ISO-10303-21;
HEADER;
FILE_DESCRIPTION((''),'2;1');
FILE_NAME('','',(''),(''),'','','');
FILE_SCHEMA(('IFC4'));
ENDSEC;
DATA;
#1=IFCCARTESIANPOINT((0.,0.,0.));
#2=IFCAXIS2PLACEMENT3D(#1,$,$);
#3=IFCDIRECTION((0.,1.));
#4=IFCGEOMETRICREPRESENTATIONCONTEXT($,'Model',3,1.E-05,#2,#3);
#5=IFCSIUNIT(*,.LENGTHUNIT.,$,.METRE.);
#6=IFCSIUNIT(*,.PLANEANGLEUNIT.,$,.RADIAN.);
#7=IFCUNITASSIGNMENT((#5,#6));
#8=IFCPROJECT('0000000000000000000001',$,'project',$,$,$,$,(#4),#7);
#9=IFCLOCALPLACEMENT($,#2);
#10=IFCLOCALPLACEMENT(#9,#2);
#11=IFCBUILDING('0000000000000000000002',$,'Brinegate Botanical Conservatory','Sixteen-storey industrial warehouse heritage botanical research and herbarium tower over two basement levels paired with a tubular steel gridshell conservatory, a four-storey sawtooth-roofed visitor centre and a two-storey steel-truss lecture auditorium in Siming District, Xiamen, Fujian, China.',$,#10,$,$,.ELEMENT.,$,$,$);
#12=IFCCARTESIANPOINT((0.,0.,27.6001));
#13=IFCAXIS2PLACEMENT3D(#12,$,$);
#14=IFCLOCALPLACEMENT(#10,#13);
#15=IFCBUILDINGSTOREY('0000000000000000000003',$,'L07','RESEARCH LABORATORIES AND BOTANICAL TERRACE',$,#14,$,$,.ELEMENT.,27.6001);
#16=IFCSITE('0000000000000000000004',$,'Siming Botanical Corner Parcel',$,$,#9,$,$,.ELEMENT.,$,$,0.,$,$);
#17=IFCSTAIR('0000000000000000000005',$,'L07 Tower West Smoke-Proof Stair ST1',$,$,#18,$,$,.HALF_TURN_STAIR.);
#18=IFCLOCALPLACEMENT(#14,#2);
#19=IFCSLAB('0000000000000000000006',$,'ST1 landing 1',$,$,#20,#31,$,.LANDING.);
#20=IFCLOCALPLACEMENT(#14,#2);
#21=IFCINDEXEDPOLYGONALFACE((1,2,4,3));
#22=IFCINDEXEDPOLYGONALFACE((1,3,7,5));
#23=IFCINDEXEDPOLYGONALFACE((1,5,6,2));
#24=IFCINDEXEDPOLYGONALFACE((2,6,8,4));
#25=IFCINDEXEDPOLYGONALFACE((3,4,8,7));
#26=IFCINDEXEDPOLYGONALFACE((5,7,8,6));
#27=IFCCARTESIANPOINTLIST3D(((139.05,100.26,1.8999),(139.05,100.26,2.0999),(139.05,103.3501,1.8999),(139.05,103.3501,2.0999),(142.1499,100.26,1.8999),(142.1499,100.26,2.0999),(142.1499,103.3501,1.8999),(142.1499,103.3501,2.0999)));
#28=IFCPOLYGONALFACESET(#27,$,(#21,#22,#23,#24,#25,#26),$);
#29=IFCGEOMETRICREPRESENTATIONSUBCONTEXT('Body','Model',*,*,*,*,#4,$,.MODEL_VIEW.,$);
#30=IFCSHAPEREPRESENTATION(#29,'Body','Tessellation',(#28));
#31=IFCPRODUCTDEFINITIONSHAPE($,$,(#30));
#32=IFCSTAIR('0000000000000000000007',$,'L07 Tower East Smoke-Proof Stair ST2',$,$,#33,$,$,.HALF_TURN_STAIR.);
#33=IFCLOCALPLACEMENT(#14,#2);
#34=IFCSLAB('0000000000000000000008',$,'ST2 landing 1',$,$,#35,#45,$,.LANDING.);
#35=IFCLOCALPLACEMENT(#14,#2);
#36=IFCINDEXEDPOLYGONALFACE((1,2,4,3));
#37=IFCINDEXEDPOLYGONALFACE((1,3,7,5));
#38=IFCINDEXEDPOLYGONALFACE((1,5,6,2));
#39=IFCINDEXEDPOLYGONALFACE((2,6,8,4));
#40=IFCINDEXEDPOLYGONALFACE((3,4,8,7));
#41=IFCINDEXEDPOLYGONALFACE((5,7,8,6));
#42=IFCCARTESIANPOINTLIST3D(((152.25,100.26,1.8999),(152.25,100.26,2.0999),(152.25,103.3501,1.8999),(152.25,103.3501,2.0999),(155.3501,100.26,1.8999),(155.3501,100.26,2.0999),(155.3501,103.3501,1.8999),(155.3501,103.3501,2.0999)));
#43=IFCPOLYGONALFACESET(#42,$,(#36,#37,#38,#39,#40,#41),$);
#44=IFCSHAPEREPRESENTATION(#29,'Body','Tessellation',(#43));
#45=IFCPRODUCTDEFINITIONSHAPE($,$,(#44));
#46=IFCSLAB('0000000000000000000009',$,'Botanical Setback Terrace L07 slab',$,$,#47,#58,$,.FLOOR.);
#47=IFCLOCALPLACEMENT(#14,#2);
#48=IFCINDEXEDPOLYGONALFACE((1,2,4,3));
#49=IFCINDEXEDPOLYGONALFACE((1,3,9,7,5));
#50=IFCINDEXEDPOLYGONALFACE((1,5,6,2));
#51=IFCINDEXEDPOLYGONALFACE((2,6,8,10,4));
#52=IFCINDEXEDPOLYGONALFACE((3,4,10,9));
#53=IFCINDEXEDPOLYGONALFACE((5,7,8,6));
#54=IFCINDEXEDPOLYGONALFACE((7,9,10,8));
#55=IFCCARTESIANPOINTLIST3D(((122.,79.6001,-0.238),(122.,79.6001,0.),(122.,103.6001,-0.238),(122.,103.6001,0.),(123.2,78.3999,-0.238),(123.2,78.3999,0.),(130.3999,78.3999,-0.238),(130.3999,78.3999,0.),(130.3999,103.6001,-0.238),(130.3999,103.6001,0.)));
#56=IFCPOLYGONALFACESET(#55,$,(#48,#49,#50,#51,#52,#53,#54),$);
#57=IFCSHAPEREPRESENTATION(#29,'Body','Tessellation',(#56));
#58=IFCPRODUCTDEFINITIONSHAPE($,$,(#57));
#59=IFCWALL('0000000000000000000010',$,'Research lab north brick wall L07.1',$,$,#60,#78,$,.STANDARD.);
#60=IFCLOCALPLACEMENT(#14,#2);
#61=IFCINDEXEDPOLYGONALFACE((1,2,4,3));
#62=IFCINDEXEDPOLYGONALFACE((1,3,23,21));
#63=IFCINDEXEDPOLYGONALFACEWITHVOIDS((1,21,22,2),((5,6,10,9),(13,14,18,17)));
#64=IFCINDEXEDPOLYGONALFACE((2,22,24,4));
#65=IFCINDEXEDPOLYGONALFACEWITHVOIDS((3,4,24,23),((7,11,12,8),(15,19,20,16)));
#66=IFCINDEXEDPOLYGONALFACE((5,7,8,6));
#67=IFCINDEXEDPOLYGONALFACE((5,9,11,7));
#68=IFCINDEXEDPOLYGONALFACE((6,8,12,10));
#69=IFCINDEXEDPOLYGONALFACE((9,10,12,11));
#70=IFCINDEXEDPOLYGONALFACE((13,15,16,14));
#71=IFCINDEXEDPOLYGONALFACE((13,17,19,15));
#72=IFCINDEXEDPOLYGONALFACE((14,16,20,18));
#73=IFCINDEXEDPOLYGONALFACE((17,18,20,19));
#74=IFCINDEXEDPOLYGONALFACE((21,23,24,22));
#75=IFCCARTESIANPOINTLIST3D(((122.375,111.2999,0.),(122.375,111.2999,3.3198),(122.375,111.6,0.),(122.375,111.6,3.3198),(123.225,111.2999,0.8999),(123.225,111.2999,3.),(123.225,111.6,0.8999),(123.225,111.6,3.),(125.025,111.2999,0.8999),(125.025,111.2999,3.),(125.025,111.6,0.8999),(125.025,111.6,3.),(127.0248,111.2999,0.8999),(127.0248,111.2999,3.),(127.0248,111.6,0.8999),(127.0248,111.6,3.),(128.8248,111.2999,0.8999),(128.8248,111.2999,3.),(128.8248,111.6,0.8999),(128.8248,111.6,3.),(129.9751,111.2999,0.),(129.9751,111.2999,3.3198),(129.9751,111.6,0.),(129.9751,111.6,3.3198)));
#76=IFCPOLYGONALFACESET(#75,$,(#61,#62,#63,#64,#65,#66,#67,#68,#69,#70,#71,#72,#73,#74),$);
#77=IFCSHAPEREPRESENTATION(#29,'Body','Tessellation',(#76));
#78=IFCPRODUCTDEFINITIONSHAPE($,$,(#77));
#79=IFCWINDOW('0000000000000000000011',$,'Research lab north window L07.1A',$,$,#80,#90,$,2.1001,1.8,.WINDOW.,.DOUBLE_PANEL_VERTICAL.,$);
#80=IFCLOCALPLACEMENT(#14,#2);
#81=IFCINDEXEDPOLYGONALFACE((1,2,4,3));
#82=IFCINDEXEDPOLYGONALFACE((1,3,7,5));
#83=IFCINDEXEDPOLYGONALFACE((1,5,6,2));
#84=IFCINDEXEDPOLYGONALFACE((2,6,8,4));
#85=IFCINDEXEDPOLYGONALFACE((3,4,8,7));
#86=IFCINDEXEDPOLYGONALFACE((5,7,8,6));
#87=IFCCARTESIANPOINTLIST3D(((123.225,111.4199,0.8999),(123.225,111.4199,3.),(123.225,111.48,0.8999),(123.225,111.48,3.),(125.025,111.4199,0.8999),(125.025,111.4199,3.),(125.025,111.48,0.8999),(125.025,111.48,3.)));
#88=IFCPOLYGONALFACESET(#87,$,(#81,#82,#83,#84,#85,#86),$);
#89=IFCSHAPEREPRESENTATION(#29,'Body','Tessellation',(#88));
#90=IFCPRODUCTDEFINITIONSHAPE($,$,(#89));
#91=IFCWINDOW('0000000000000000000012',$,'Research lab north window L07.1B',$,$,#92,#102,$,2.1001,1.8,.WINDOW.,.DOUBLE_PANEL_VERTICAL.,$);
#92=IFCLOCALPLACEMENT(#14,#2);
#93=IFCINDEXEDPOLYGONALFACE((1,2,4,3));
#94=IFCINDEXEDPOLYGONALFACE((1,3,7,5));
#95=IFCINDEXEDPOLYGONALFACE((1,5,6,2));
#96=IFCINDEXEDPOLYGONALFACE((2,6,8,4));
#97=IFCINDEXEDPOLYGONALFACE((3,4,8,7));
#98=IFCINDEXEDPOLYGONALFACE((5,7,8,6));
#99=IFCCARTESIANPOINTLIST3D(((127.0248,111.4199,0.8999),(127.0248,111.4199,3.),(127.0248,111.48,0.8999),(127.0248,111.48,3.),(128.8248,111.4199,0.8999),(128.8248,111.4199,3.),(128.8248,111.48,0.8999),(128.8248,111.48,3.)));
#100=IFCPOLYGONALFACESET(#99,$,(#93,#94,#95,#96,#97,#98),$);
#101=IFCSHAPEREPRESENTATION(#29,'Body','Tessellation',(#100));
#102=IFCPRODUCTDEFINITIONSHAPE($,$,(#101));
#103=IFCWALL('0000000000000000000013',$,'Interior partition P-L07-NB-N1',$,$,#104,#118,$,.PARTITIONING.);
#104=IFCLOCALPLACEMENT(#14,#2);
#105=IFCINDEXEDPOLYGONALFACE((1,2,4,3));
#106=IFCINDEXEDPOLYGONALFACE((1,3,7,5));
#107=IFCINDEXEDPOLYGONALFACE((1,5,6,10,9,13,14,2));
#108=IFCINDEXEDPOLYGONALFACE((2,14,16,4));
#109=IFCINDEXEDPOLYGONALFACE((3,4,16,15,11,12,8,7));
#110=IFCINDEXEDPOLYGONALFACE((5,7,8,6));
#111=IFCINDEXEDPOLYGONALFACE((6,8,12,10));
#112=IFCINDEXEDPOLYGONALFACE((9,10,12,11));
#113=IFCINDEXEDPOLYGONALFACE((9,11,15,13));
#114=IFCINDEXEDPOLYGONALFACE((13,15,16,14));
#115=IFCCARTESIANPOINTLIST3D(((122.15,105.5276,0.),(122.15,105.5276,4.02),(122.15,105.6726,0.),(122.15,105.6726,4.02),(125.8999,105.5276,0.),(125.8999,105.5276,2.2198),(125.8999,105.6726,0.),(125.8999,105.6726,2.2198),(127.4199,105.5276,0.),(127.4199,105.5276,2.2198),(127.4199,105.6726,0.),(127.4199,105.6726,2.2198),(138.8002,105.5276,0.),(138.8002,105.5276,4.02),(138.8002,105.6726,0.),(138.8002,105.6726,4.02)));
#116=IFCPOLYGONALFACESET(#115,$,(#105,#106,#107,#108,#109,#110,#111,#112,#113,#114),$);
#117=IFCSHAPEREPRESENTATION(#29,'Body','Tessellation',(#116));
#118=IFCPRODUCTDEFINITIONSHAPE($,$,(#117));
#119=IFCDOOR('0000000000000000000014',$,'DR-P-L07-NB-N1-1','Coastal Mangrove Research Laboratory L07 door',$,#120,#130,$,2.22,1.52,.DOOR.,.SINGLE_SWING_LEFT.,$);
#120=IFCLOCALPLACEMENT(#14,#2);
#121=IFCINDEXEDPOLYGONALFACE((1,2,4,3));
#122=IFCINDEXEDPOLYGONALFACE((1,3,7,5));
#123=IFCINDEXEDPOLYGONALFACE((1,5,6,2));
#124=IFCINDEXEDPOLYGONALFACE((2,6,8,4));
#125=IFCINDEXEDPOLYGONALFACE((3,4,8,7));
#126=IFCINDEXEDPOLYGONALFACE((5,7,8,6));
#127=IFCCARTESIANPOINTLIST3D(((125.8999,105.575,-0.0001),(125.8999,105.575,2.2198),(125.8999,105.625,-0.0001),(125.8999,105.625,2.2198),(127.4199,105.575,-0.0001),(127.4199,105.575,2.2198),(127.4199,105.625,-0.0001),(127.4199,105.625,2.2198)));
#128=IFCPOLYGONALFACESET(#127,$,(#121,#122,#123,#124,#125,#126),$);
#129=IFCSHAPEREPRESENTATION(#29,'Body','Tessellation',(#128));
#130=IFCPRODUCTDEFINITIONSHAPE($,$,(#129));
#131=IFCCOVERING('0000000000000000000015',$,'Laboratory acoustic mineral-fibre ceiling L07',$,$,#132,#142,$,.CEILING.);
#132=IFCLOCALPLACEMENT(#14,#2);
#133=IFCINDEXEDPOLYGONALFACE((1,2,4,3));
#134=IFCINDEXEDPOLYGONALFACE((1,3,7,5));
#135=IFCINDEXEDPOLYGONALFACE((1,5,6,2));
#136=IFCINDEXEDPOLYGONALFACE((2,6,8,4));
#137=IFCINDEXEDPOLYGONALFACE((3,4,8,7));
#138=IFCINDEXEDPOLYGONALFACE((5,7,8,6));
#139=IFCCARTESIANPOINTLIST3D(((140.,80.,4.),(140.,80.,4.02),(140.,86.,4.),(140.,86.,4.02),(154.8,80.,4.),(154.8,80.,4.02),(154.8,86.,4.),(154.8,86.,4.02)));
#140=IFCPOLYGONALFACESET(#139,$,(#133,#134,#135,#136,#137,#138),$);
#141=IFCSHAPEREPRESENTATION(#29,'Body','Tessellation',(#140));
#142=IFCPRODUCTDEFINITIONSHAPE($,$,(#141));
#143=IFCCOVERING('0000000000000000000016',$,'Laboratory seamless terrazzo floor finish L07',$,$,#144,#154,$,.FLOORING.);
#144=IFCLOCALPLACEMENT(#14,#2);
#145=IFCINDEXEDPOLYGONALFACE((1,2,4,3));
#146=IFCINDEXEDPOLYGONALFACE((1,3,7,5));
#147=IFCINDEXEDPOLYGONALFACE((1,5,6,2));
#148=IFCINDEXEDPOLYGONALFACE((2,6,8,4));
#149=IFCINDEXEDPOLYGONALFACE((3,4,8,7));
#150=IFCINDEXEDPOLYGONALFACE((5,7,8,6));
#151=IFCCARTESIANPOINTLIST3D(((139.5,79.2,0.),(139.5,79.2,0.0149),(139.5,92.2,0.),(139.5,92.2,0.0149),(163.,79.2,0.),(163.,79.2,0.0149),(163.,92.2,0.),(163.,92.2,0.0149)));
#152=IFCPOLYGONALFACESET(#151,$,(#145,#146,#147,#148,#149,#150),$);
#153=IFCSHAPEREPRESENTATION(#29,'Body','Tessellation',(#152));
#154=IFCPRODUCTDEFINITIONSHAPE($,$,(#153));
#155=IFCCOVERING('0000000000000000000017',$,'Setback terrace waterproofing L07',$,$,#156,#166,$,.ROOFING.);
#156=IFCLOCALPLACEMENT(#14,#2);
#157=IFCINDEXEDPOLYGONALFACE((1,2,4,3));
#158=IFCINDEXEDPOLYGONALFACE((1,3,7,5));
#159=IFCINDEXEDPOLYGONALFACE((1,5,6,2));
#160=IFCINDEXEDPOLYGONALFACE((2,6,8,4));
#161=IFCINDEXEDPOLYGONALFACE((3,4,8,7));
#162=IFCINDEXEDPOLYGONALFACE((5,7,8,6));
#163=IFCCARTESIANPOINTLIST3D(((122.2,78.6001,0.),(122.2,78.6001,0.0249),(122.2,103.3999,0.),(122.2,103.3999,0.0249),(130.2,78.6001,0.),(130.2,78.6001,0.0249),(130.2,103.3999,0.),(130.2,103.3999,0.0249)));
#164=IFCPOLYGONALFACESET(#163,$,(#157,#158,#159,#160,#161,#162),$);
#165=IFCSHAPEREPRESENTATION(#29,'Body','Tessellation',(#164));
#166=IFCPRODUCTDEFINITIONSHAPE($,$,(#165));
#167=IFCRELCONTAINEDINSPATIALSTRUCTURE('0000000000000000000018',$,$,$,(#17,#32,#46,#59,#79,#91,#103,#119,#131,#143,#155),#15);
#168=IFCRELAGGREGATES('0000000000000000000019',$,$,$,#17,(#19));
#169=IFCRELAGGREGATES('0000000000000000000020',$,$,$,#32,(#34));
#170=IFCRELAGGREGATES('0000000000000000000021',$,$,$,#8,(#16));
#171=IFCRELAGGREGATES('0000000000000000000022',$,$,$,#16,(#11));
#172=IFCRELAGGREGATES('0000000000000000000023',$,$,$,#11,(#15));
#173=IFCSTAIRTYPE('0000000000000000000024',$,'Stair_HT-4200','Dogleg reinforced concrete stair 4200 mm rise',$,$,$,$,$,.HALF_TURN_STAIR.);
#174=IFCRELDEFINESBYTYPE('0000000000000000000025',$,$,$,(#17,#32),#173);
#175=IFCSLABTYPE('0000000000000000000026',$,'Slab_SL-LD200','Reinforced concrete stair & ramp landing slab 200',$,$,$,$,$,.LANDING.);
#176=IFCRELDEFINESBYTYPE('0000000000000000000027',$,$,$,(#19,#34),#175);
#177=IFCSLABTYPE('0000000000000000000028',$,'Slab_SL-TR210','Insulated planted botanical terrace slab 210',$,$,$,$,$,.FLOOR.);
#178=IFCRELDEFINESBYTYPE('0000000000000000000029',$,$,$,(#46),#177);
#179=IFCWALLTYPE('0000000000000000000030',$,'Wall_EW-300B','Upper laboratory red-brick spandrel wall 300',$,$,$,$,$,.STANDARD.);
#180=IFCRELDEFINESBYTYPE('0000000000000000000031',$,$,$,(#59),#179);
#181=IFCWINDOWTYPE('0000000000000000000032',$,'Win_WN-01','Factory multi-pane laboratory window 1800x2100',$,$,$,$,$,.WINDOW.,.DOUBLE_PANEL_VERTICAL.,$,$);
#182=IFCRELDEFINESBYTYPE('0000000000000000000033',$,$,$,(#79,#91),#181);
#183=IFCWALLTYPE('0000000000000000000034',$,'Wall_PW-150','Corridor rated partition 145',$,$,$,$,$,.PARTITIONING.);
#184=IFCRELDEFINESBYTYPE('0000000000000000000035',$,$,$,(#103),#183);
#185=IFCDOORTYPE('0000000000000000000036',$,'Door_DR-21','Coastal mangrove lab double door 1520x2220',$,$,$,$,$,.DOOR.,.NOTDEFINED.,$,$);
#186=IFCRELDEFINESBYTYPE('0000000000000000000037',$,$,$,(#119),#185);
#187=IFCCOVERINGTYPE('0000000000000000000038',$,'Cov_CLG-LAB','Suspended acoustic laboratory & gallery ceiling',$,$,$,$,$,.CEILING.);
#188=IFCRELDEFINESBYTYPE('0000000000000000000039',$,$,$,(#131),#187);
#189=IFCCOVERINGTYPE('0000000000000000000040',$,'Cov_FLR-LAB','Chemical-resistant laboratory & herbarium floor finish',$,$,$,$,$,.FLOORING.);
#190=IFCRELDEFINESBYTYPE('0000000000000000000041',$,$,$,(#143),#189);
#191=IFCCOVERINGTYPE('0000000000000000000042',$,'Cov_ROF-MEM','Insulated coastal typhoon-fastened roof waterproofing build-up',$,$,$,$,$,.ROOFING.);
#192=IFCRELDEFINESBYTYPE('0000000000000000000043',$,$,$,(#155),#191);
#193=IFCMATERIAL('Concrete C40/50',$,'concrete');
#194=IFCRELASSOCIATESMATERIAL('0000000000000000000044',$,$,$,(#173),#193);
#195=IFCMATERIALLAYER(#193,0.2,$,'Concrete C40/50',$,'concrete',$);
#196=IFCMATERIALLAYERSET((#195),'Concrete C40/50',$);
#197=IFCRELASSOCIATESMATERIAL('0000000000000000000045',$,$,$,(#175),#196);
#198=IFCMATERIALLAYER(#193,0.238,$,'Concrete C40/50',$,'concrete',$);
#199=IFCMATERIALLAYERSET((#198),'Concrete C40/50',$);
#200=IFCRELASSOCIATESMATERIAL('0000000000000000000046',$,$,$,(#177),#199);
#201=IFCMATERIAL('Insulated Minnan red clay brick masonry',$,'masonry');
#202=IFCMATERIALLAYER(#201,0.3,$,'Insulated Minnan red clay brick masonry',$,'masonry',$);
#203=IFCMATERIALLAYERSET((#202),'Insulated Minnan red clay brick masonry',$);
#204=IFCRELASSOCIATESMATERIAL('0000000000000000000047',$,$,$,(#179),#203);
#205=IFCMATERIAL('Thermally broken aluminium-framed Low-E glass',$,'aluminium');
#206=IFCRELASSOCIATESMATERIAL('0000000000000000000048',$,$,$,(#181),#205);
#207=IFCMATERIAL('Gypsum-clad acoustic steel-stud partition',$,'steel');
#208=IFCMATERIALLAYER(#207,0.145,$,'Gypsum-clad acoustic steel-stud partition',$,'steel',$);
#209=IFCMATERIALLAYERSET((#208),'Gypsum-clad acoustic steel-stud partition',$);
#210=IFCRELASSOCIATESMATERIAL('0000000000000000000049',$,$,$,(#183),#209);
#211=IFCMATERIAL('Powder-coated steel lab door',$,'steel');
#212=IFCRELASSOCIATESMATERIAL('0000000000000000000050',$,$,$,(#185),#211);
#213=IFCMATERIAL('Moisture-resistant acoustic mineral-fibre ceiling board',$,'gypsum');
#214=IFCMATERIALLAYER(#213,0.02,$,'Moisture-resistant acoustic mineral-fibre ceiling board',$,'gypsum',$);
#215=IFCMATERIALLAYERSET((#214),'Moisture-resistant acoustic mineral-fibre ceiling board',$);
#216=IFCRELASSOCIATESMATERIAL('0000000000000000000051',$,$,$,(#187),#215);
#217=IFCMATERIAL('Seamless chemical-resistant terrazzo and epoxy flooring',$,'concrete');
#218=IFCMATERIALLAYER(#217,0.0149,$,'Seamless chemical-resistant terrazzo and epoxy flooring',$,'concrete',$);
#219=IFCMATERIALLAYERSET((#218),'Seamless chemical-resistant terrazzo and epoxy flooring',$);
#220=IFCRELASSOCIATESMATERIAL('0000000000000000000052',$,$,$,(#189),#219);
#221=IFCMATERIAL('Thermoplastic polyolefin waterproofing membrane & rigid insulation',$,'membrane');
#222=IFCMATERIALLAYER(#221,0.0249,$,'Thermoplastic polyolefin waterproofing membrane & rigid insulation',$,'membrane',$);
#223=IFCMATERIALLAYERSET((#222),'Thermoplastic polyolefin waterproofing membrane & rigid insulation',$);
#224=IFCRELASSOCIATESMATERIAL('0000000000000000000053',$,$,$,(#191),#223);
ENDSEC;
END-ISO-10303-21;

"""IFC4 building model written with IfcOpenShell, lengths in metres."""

from ifc_helpers import new_model, si_unit, direction, frame, frame_2d, origin, place, context, subcontext, project, spatial, polyline, rectangle, outline, extrude, material, layer, layer_set, type_object, element, fill, aggregate, save


model = new_model("IFC4")

# Units and contexts
model_context = context("Model", 3, precision=1e-05, world=origin(), true_north=direction((0.0, 1.0)))
body_context = subcontext(model_context, "Body", "Model", "MODEL_VIEW")
ifc_project = project(units=[si_unit("LENGTHUNIT", "METRE"), si_unit("PLANEANGLEUNIT", "RADIAN")], contexts=[model_context])

# Site, building, storey
site_placement = place(None, origin())
site = spatial("IfcSite", under=ifc_project, at=site_placement, Name="Siming Botanical Corner Parcel", CompositionType="ELEMENT", RefElevation=0.0)
building_placement = place(site_placement, origin())
building = spatial("IfcBuilding", under=site, at=building_placement, Name="Brinegate Botanical Conservatory", Description="Sixteen-storey industrial warehouse heritage botanical research and herbarium tower over two basement levels paired with a tubular steel gridshell conservatory, a four-storey sawtooth-roofed visitor centre and a two-storey steel-truss lecture auditorium in Siming District, Xiamen, Fujian, China.", CompositionType="ELEMENT")
storey_placement = place(building_placement, frame((0.0, 0.0, 27.6001)))
storey = spatial("IfcBuildingStorey", under=building, at=storey_placement, Name="L07", Description="RESEARCH LABORATORIES AND BOTANICAL TERRACE", CompositionType="ELEMENT", Elevation=27.6001)

# Shared definitions
ifc_material_1 = material(Name="Concrete C40/50", Category="concrete")

# Stairs, slabs
stair_type = type_object("IfcStairType", Name="Stair_HT-4200", Description="Dogleg reinforced concrete stair 4200 mm rise", PredefinedType="HALF_TURN_STAIR", material=ifc_material_1)
stair_1_placement = place(storey_placement, origin())
stair_1 = element("IfcStair", 1, at=stair_1_placement, inside=storey, type_object=stair_type, Name="L07 Tower West Smoke-Proof Stair ST1", PredefinedType="HALF_TURN_STAIR")
ifc_layer_1 = layer(ifc_material_1, 0.2, Name="Concrete C40/50", Category="concrete")
ifc_layer_set_1 = layer_set([ifc_layer_1], Name="Concrete C40/50")
slab_type_1 = type_object("IfcSlabType", Name="Slab_SL-LD200", Description="Reinforced concrete stair & ramp landing slab 200", PredefinedType="LANDING", material=ifc_layer_set_1)
slab_1_placement = place(storey_placement, frame((0.0, 0.0, 1.8999)))
slab_1 = element("IfcSlab", 2, at=slab_1_placement, type_object=slab_type_1, Name="ST1 landing 1", PredefinedType="LANDING", context=body_context, shape_type="SweptSolid", body=[
    extrude(outline(polyline([(142.1499, 100.26), (142.1499, 103.3501), (139.05, 103.3501), (139.05, 100.26), (142.1499, 100.26)])), origin(), (0.0, 0.0, 1.0), 0.2),
])
aggregate(stair_1, [slab_1])
stair_2_placement = place(storey_placement, origin())
stair_2 = element("IfcStair", 3, at=stair_2_placement, inside=storey, type_object=stair_type, Name="L07 Tower East Smoke-Proof Stair ST2", PredefinedType="HALF_TURN_STAIR")
slab_2_placement = place(storey_placement, frame((0.0, 0.0, 1.8999)))
slab_2 = element("IfcSlab", 4, at=slab_2_placement, type_object=slab_type_1, Name="ST2 landing 1", PredefinedType="LANDING", context=body_context, shape_type="SweptSolid", body=[
    extrude(outline(polyline([(155.3501, 100.26), (155.3501, 103.3501), (152.25, 103.3501), (152.25, 100.26), (155.3501, 100.26)])), origin(), (0.0, 0.0, 1.0), 0.2),
])
aggregate(stair_2, [slab_2])

# Slab
ifc_layer_2 = layer(ifc_material_1, 0.238, Name="Concrete C40/50", Category="concrete")
ifc_layer_set_2 = layer_set([ifc_layer_2], Name="Concrete C40/50")
slab_type_2 = type_object("IfcSlabType", Name="Slab_SL-TR210", Description="Insulated planted botanical terrace slab 210", PredefinedType="FLOOR", material=ifc_layer_set_2)
slab_3_placement = place(storey_placement, frame((0.0, 0.0, -0.238)))
element("IfcSlab", 5, at=slab_3_placement, inside=storey, type_object=slab_type_2, Name="Botanical Setback Terrace L07 slab", PredefinedType="FLOOR", context=body_context, shape_type="SweptSolid", body=[
    extrude(outline(polyline([(123.2, 78.3999), (130.3999, 78.3999), (130.3999, 103.6001), (122.0, 103.6001), (122.0, 79.6001), (123.2, 78.3999)])), origin(), (0.0, 0.0, 1.0), 0.238),
])

# Wall, openings, windows
ifc_material_2 = material(Name="Insulated Minnan red clay brick masonry", Category="masonry")
ifc_layer_3 = layer(ifc_material_2, 0.3, Name="Insulated Minnan red clay brick masonry", Category="masonry")
ifc_layer_set_3 = layer_set([ifc_layer_3], Name="Insulated Minnan red clay brick masonry")
wall_type_1 = type_object("IfcWallType", Name="Wall_EW-300B", Description="Upper laboratory red-brick spandrel wall 300", PredefinedType="STANDARD", material=ifc_layer_set_3)
wall_1_placement = place(storey_placement, frame((122.375, 111.45, 0.0), z_axis=(0.0, 0.0, 1.0), x_axis=(1.0, 0.0, 0.0)))
wall_1 = element("IfcWall", 6, at=wall_1_placement, inside=storey, type_object=wall_type_1, Name="Research lab north brick wall L07.1", PredefinedType="STANDARD", context=body_context, shape_type="SweptSolid", body=[
    extrude(rectangle(XDim=7.6001, YDim=0.3, at=frame_2d((3.8, 0.0))), origin(), (0.0, 0.0, 1.0), 3.3198),
])
opening_1_placement = place(wall_1_placement, frame((0.8501, 0.0, 0.8999)))
opening_1 = element("IfcOpeningElement", 7, at=opening_1_placement, cuts=wall_1, PredefinedType="OPENING", context=body_context, shape_type="SweptSolid", body=[
    extrude(rectangle(XDim=1.8, YDim=2.1001, at=frame_2d((0.8999, 1.05))), frame((0.0, 0.1599, 0.0), z_axis=(0.0, -1.0, 0.0), x_axis=(1.0, 0.0, 0.0)), (0.0, 0.0, 1.0), 0.3201),
])
opening_2_placement = place(wall_1_placement, frame((4.6499, 0.0, 0.8999)))
opening_2 = element("IfcOpeningElement", 8, at=opening_2_placement, cuts=wall_1, PredefinedType="OPENING", context=body_context, shape_type="SweptSolid", body=[
    extrude(rectangle(XDim=1.8, YDim=2.1001, at=frame_2d((0.8999, 1.05))), frame((0.0, 0.1599, 0.0), z_axis=(0.0, -1.0, 0.0), x_axis=(1.0, 0.0, 0.0)), (0.0, 0.0, 1.0), 0.3201),
])
ifc_material_3 = material(Name="Thermally broken aluminium-framed Low-E glass", Category="aluminium")
window_type = type_object("IfcWindowType", Name="Win_WN-01", Description="Factory multi-pane laboratory window 1800x2100", PartitioningType="DOUBLE_PANEL_VERTICAL", PredefinedType="WINDOW", material=ifc_material_3)
window_1_placement = place(opening_1_placement, origin())
window_1 = element("IfcWindow", 9, at=window_1_placement, inside=storey, type_object=window_type, Name="Research lab north window L07.1A", OverallHeight=2.1001, OverallWidth=1.8, PartitioningType="DOUBLE_PANEL_VERTICAL", PredefinedType="WINDOW", context=body_context, shape_type="SweptSolid", body=[
    extrude(rectangle(XDim=1.8, YDim=2.1001, at=frame_2d((0.8999, 1.05))), frame((0.0, 0.03, 0.0), z_axis=(0.0, -1.0, 0.0), x_axis=(1.0, 0.0, 0.0)), (0.0, 0.0, 1.0), 0.0601),
])
fill(opening_1, window_1)
window_2_placement = place(opening_2_placement, origin())
window_2 = element("IfcWindow", 10, at=window_2_placement, inside=storey, type_object=window_type, Name="Research lab north window L07.1B", OverallHeight=2.1001, OverallWidth=1.8, PartitioningType="DOUBLE_PANEL_VERTICAL", PredefinedType="WINDOW", context=body_context, shape_type="SweptSolid", body=[
    extrude(rectangle(XDim=1.8, YDim=2.1001, at=frame_2d((0.8999, 1.05))), frame((0.0, 0.03, 0.0), z_axis=(0.0, -1.0, 0.0), x_axis=(1.0, 0.0, 0.0)), (0.0, 0.0, 1.0), 0.0601),
])
fill(opening_2, window_2)

# Wall, opening, door
ifc_material_4 = material(Name="Gypsum-clad acoustic steel-stud partition", Category="steel")
ifc_layer_4 = layer(ifc_material_4, 0.145, Name="Gypsum-clad acoustic steel-stud partition", Category="steel")
ifc_layer_set_4 = layer_set([ifc_layer_4], Name="Gypsum-clad acoustic steel-stud partition")
wall_type_2 = type_object("IfcWallType", Name="Wall_PW-150", Description="Corridor rated partition 145", PredefinedType="PARTITIONING", material=ifc_layer_set_4)
wall_2_placement = place(storey_placement, frame((122.1499, 105.6001, 0.0), z_axis=(0.0, 0.0, 1.0), x_axis=(1.0, 0.0, 0.0)))
wall_2 = element("IfcWall", 11, at=wall_2_placement, inside=storey, type_object=wall_type_2, Name="Interior partition P-L07-NB-N1", PredefinedType="PARTITIONING", context=body_context, shape_type="SweptSolid", body=[
    extrude(rectangle(XDim=16.6501, YDim=0.145, at=frame_2d((8.3252, 0.0))), origin(), (0.0, 0.0, 1.0), 4.02),
])
opening_3_placement = place(wall_2_placement, frame((3.75, 0.0, 0.0)))
opening_3 = element("IfcOpeningElement", 12, at=opening_3_placement, cuts=wall_2, PredefinedType="OPENING", context=body_context, shape_type="SweptSolid", body=[
    extrude(rectangle(XDim=1.52, YDim=2.22, at=frame_2d((0.76, 1.1099))), frame((0.0, 0.0825, 0.0), z_axis=(0.0, -1.0, 0.0), x_axis=(1.0, 0.0, 0.0)), (0.0, 0.0, 1.0), 0.165),
])
ifc_material_5 = material(Name="Powder-coated steel lab door", Category="steel")
door_type = type_object("IfcDoorType", Name="Door_DR-21", Description="Coastal mangrove lab double door 1520x2220", OperationType="NOTDEFINED", PredefinedType="DOOR", material=ifc_material_5)
door_placement = place(opening_3_placement, origin())
door = element("IfcDoor", 13, at=door_placement, inside=storey, type_object=door_type, Name="DR-P-L07-NB-N1-1", Description="Coastal Mangrove Research Laboratory L07 door", OperationType="SINGLE_SWING_LEFT", OverallHeight=2.22, OverallWidth=1.52, PredefinedType="DOOR", context=body_context, shape_type="SweptSolid", body=[
    extrude(rectangle(XDim=1.52, YDim=2.22, at=frame_2d((0.76, 1.1099))), frame((0.0, 0.0249, 0.0), z_axis=(0.0, -1.0, 0.0), x_axis=(1.0, 0.0, 0.0)), (0.0, 0.0, 1.0), 0.05),
])
fill(opening_3, door)

# Coverings
ifc_material_6 = material(Name="Moisture-resistant acoustic mineral-fibre ceiling board", Category="gypsum")
ifc_layer_5 = layer(ifc_material_6, 0.02, Name="Moisture-resistant acoustic mineral-fibre ceiling board", Category="gypsum")
ifc_layer_set_5 = layer_set([ifc_layer_5], Name="Moisture-resistant acoustic mineral-fibre ceiling board")
covering_type_1 = type_object("IfcCoveringType", Name="Cov_CLG-LAB", Description="Suspended acoustic laboratory & gallery ceiling", PredefinedType="CEILING", material=ifc_layer_set_5)
covering_1_placement = place(storey_placement, frame((0.0, 0.0, 4.0)))
element("IfcCovering", 14, at=covering_1_placement, inside=storey, type_object=covering_type_1, Name="Laboratory acoustic mineral-fibre ceiling L07", PredefinedType="CEILING", context=body_context, shape_type="SweptSolid", body=[
    extrude(outline(polyline([(140.0, 80.0), (154.8, 80.0), (154.8, 86.0), (140.0, 86.0), (140.0, 80.0)])), origin(), (0.0, 0.0, 1.0), 0.02),
])
ifc_material_7 = material(Name="Seamless chemical-resistant terrazzo and epoxy flooring", Category="concrete")
ifc_layer_6 = layer(ifc_material_7, 0.0149, Name="Seamless chemical-resistant terrazzo and epoxy flooring", Category="concrete")
ifc_layer_set_6 = layer_set([ifc_layer_6], Name="Seamless chemical-resistant terrazzo and epoxy flooring")
covering_type_2 = type_object("IfcCoveringType", Name="Cov_FLR-LAB", Description="Chemical-resistant laboratory & herbarium floor finish", PredefinedType="FLOORING", material=ifc_layer_set_6)
covering_2_placement = place(storey_placement, origin())
element("IfcCovering", 15, at=covering_2_placement, inside=storey, type_object=covering_type_2, Name="Laboratory seamless terrazzo floor finish L07", PredefinedType="FLOORING", context=body_context, shape_type="SweptSolid", body=[
    extrude(outline(polyline([(139.5, 79.2), (163.0, 79.2), (163.0, 92.2), (139.5, 92.2), (139.5, 79.2)])), origin(), (0.0, 0.0, 1.0), 0.0149),
])
ifc_material_8 = material(Name="Thermoplastic polyolefin waterproofing membrane & rigid insulation", Category="membrane")
ifc_layer_7 = layer(ifc_material_8, 0.0249, Name="Thermoplastic polyolefin waterproofing membrane & rigid insulation", Category="membrane")
ifc_layer_set_7 = layer_set([ifc_layer_7], Name="Thermoplastic polyolefin waterproofing membrane & rigid insulation")
covering_type_3 = type_object("IfcCoveringType", Name="Cov_ROF-MEM", Description="Insulated coastal typhoon-fastened roof waterproofing build-up", PredefinedType="ROOFING", material=ifc_layer_set_7)
covering_3_placement = place(storey_placement, origin())
element("IfcCovering", 16, at=covering_3_placement, inside=storey, type_object=covering_type_3, Name="Setback terrace waterproofing L07", PredefinedType="ROOFING", context=body_context, shape_type="SweptSolid", body=[
    extrude(outline(polyline([(122.2, 78.6001), (130.2, 78.6001), (130.2, 103.3999), (122.2, 103.3999), (122.2, 78.6001)])), origin(), (0.0, 0.0, 1.0), 0.0249),
])

save(model, "model.ifc")
